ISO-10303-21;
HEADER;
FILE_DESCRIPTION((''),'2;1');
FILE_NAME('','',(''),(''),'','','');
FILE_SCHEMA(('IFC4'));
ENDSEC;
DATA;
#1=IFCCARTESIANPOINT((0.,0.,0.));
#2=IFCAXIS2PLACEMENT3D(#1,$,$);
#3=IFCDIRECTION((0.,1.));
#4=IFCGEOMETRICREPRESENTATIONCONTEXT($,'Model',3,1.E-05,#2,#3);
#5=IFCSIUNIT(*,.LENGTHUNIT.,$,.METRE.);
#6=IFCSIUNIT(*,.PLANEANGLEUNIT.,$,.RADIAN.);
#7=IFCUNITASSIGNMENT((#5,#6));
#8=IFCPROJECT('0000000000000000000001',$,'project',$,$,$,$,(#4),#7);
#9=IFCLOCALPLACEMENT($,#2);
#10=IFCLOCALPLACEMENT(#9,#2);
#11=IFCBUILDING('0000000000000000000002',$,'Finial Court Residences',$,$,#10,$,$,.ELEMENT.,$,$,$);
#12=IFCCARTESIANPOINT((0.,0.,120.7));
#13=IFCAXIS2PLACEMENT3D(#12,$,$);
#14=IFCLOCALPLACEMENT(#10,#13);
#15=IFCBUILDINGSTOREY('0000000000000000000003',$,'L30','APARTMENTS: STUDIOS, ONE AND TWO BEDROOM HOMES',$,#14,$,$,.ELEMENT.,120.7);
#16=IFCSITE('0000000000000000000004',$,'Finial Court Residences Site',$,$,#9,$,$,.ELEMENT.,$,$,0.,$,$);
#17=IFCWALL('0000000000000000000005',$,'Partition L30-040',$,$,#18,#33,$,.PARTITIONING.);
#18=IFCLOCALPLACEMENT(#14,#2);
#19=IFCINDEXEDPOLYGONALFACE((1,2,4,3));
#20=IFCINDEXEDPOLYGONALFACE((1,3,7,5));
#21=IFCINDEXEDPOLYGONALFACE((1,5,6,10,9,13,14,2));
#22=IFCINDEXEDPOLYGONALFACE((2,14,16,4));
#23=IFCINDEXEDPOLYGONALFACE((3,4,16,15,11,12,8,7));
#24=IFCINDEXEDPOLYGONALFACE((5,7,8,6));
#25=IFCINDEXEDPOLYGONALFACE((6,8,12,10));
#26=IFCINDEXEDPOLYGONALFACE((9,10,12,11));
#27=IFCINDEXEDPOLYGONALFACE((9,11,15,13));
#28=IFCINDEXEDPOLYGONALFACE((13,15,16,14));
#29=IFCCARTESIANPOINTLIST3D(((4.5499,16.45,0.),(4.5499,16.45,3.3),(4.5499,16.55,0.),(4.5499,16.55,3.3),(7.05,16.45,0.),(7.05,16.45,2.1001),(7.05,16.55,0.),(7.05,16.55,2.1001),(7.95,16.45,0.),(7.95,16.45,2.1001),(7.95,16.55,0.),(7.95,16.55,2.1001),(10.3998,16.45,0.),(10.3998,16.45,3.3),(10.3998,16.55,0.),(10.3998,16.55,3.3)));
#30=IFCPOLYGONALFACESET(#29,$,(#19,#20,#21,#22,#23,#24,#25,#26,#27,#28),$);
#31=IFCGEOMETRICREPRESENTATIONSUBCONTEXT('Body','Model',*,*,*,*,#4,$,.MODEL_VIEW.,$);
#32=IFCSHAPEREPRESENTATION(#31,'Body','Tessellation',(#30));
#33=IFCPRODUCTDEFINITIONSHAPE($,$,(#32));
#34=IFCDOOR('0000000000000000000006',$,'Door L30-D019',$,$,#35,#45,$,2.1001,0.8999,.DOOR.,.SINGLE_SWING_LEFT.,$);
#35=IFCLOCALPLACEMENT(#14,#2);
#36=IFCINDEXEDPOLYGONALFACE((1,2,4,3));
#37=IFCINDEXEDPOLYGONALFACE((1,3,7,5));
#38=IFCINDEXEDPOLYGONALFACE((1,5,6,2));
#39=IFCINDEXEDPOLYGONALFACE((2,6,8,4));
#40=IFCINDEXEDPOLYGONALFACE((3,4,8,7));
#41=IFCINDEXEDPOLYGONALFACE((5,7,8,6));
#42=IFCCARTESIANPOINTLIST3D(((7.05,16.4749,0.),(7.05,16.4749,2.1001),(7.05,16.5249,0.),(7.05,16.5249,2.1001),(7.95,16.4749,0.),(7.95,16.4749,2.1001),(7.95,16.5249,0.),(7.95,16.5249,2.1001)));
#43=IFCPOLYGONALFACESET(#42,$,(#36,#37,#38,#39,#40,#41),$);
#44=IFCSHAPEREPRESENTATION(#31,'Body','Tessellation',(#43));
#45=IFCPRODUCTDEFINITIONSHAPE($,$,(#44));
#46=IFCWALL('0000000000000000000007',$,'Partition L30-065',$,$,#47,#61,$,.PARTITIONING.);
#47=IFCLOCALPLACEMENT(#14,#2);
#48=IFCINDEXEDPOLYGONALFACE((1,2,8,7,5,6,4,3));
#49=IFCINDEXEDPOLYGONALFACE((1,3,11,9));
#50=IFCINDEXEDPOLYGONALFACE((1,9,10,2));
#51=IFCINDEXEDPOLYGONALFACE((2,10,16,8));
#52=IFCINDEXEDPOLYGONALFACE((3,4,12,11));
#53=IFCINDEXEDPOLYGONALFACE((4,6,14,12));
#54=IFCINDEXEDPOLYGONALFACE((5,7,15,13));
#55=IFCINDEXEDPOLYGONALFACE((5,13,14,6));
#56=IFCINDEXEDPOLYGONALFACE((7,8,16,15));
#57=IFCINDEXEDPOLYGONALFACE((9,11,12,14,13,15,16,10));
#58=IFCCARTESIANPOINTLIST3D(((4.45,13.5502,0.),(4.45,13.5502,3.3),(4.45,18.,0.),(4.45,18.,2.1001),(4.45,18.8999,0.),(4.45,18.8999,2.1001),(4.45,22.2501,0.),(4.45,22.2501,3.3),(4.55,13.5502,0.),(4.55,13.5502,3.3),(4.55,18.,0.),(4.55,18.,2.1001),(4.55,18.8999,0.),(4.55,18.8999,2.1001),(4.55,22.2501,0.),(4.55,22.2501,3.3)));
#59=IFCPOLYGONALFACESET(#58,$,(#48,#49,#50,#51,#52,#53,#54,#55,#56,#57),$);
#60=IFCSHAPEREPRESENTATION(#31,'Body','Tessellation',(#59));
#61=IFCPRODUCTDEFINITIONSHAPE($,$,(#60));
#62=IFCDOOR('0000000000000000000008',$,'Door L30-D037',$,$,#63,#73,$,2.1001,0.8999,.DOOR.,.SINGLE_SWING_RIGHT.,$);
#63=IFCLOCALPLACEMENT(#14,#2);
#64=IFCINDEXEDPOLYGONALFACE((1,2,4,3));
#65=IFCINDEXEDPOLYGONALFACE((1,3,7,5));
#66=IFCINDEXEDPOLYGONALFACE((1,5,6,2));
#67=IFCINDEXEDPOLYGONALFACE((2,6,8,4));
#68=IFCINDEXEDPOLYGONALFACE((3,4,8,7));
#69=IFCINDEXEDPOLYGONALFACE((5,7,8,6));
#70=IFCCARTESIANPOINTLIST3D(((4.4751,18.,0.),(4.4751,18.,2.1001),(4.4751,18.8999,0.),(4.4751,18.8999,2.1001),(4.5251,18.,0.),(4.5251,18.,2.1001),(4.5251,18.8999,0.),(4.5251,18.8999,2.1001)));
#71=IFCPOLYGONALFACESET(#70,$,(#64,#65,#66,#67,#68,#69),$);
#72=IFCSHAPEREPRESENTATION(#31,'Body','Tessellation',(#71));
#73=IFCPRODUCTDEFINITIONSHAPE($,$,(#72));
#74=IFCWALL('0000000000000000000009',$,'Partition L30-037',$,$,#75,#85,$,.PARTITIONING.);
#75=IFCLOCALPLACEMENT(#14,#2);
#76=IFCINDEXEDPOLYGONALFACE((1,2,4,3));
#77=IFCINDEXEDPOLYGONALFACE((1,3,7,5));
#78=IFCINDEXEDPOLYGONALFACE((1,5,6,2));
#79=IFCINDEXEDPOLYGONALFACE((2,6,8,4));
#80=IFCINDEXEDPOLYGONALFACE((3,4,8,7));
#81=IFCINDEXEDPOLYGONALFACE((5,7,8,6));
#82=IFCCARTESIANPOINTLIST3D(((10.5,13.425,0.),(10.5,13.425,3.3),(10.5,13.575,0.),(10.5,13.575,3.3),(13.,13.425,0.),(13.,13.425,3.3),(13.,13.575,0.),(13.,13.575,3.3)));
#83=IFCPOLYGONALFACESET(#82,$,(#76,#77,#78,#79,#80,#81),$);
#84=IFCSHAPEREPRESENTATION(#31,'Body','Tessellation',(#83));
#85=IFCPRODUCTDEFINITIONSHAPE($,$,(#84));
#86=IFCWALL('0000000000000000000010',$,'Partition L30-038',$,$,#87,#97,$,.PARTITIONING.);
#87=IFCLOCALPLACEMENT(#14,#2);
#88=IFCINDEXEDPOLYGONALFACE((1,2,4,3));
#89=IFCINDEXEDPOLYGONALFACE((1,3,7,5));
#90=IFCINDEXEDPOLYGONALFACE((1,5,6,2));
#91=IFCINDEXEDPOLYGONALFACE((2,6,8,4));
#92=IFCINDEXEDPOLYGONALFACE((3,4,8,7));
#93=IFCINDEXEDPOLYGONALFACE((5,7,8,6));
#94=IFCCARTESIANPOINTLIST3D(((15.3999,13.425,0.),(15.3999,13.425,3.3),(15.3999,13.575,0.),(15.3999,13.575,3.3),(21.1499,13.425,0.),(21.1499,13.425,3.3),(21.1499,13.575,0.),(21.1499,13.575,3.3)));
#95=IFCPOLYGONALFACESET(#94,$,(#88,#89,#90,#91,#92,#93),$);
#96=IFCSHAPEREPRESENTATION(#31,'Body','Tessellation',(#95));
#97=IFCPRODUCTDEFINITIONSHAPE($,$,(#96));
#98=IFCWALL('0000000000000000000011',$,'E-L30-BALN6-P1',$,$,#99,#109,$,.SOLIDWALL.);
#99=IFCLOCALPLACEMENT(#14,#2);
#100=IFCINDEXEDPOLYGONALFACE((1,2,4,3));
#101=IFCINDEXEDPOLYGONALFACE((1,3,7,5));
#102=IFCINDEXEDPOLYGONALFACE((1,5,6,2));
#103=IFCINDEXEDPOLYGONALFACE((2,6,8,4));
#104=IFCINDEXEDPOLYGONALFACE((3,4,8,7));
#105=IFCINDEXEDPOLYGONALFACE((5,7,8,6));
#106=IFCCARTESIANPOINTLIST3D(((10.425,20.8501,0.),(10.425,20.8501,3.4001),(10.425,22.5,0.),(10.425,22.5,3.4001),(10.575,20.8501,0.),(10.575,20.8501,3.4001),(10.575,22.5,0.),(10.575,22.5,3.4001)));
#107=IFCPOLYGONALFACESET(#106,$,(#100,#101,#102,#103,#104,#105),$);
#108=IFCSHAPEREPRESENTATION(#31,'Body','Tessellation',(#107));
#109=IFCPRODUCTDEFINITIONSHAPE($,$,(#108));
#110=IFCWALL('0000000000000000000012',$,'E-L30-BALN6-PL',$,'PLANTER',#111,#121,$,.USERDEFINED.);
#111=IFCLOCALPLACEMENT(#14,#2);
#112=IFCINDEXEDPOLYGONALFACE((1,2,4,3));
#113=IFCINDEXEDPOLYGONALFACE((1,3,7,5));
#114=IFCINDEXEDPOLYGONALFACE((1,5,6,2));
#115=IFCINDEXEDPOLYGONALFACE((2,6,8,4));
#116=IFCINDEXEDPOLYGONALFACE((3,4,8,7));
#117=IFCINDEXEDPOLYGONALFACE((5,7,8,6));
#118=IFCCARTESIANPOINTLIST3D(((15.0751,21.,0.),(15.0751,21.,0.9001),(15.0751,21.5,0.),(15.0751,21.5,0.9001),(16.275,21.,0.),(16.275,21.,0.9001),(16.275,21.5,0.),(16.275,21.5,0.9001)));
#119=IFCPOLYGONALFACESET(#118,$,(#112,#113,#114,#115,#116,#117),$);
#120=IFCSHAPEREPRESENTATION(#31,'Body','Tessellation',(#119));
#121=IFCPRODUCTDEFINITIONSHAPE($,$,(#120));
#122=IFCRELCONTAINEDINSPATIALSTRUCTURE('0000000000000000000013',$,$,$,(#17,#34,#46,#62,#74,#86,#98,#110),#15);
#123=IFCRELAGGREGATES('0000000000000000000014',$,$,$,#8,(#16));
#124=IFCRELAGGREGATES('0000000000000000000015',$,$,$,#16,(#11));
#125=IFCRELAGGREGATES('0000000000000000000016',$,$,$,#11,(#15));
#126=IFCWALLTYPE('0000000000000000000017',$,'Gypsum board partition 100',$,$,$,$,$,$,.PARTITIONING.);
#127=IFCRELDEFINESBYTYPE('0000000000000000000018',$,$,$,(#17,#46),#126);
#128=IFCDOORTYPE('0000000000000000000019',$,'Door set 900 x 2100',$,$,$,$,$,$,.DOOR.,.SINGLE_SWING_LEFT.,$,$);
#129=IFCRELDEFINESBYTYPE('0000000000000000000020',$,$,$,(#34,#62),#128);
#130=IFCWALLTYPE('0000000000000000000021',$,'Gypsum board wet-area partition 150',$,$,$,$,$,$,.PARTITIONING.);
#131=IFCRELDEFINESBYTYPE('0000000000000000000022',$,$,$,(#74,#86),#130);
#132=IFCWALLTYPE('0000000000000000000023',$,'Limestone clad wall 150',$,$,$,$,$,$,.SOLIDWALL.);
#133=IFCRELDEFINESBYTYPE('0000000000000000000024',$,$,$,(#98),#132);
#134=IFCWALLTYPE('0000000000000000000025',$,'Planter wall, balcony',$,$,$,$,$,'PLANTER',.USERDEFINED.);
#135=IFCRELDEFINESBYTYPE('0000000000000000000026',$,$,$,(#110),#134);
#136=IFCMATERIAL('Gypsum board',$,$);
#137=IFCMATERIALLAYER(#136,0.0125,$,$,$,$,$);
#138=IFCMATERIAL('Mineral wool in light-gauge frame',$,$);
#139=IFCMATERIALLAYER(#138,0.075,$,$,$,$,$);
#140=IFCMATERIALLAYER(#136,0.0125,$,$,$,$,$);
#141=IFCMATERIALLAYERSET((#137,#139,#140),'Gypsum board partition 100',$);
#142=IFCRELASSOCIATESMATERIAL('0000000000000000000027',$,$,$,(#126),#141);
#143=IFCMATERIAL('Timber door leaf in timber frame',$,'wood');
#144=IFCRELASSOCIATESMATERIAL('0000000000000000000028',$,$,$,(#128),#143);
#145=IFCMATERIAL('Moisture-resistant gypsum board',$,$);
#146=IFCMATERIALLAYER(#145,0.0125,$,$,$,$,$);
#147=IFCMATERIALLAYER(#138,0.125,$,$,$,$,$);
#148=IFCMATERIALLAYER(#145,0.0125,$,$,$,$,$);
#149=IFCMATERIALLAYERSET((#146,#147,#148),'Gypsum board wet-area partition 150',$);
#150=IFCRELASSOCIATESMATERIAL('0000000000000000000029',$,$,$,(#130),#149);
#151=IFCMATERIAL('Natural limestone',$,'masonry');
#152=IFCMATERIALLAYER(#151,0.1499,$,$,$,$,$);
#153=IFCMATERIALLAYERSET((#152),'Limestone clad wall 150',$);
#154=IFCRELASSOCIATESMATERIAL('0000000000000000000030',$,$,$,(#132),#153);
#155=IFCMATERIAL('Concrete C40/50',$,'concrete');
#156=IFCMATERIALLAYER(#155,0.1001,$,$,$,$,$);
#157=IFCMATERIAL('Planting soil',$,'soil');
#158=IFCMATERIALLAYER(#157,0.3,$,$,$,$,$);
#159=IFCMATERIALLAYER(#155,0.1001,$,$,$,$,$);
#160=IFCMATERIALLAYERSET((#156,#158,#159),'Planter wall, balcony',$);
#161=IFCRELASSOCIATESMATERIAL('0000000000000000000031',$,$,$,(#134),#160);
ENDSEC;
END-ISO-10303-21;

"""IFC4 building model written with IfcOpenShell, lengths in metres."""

from ifc_helpers import new_model, si_unit, direction, frame, frame_2d, origin, place, context, subcontext, project, spatial, rectangle, extrude, material, layer, layer_set, type_object, element, fill, save


model = new_model("IFC4")

# Units and contexts
model_context = context("Model", 3, precision=1e-05, world=origin(), true_north=direction((0.0, 1.0)))
body_context = subcontext(model_context, "Body", "Model", "MODEL_VIEW")
ifc_project = project(units=[si_unit("LENGTHUNIT", "METRE"), si_unit("PLANEANGLEUNIT", "RADIAN")], contexts=[model_context])

# Site, building, storey
site_placement = place(None, origin())
site = spatial("IfcSite", under=ifc_project, at=site_placement, Name="Finial Court Residences Site", CompositionType="ELEMENT", RefElevation=0.0)
building_placement = place(site_placement, origin())
building = spatial("IfcBuilding", under=site, at=building_placement, Name="Finial Court Residences", CompositionType="ELEMENT")
storey_placement = place(building_placement, frame((0.0, 0.0, 120.7)))
storey = spatial("IfcBuildingStorey", under=building, at=storey_placement, Name="L30", Description="APARTMENTS: STUDIOS, ONE AND TWO BEDROOM HOMES", CompositionType="ELEMENT", Elevation=120.7)

# Shared definitions
ifc_material_1 = material(Name="Gypsum board")

# Walls, openings, doors
ifc_layer_1 = layer(ifc_material_1, 0.0125)
ifc_material_2 = material(Name="Mineral wool in light-gauge frame")
ifc_layer_2 = layer(ifc_material_2, 0.075)
ifc_layer_3 = layer(ifc_material_1, 0.0125)
ifc_layer_set_1 = layer_set([ifc_layer_1, ifc_layer_2, ifc_layer_3], Name="Gypsum board partition 100")
wall_type_1 = type_object("IfcWallType", Name="Gypsum board partition 100", PredefinedType="PARTITIONING", material=ifc_layer_set_1)
ifc_material_3 = material(Name="Timber door leaf in timber frame", Category="wood")
door_type_1 = type_object("IfcDoorType", Name="Door set 900 x 2100", OperationType="SINGLE_SWING_LEFT", PredefinedType="DOOR", material=ifc_material_3)
wall_1_placement = place(storey_placement, frame((4.55, 16.5, 0.0), z_axis=(0.0, 0.0, 1.0), x_axis=(1.0, 0.0, 0.0)))
wall_1 = element("IfcWall", 1, at=wall_1_placement, inside=storey, type_object=wall_type_1, Name="Partition L30-040", PredefinedType="PARTITIONING", context=body_context, shape_type="SweptSolid", body=[
    extrude(rectangle(XDim=5.8499, YDim=0.1001, at=frame_2d((2.9248, 0.0))), origin(), (0.0, 0.0, 1.0), 3.3),
])
opening_1_placement = place(wall_1_placement, frame((2.5, 0.0, 0.0)))
opening_1 = element("IfcOpeningElement", 2, at=opening_1_placement, cuts=wall_1, PredefinedType="OPENING", context=body_context, shape_type="SweptSolid", body=[
    extrude(rectangle(XDim=0.8999, YDim=2.1001, at=frame_2d((0.45, 1.05))), frame((0.0, 0.0601, 0.0), z_axis=(0.0, -1.0, 0.0), x_axis=(1.0, 0.0, 0.0)), (0.0, 0.0, 1.0), 0.1201),
])
door_1_placement = place(opening_1_placement, origin())
door_1 = element("IfcDoor", 3, at=door_1_placement, inside=storey, type_object=door_type_1, Name="Door L30-D019", OperationType="SINGLE_SWING_LEFT", OverallHeight=2.1001, OverallWidth=0.8999, PredefinedType="DOOR", context=body_context, shape_type="SweptSolid", body=[
    extrude(rectangle(XDim=0.8999, YDim=2.1001, at=frame_2d((0.45, 1.05))), frame((0.0, 0.0249, 0.0), z_axis=(0.0, -1.0, 0.0), x_axis=(1.0, 0.0, 0.0)), (0.0, 0.0, 1.0), 0.05),
])
fill(opening_1, door_1)
wall_2_placement = place(storey_placement, frame((4.5, 13.55, 0.0), z_axis=(0.0, 0.0, 1.0), x_axis=(0.0, 1.0, 0.0)))
wall_2 = element("IfcWall", 4, at=wall_2_placement, inside=storey, type_object=wall_type_1, Name="Partition L30-065", PredefinedType="PARTITIONING", context=body_context, shape_type="SweptSolid", body=[
    extrude(rectangle(XDim=8.7, YDim=0.1001, at=frame_2d((4.3501, 0.0))), origin(), (0.0, 0.0, 1.0), 3.3),
])
opening_2_placement = place(wall_2_placement, frame((4.45, 0.0, 0.0)))
opening_2 = element("IfcOpeningElement", 5, at=opening_2_placement, cuts=wall_2, PredefinedType="OPENING", context=body_context, shape_type="SweptSolid", body=[
    extrude(rectangle(XDim=0.8999, YDim=2.1001, at=frame_2d((0.45, 1.05))), frame((0.0, 0.0601, 0.0), z_axis=(0.0, -1.0, 0.0), x_axis=(1.0, 0.0, 0.0)), (0.0, 0.0, 1.0), 0.1201),
])
door_2_placement = place(opening_2_placement, origin())
door_2 = element("IfcDoor", 6, at=door_2_placement, inside=storey, type_object=door_type_1, Name="Door L30-D037", OperationType="SINGLE_SWING_RIGHT", OverallHeight=2.1001, OverallWidth=0.8999, PredefinedType="DOOR", context=body_context, shape_type="SweptSolid", body=[
    extrude(rectangle(XDim=0.8999, YDim=2.1001, at=frame_2d((0.45, 1.05))), frame((0.0, 0.0249, 0.0), z_axis=(0.0, -1.0, 0.0), x_axis=(1.0, 0.0, 0.0)), (0.0, 0.0, 1.0), 0.05),
])
fill(opening_2, door_2)

# Walls
ifc_material_4 = material(Name="Moisture-resistant gypsum board")
ifc_layer_4 = layer(ifc_material_4, 0.0125)
ifc_layer_5 = layer(ifc_material_2, 0.125)
ifc_layer_6 = layer(ifc_material_4, 0.0125)
ifc_layer_set_2 = layer_set([ifc_layer_4, ifc_layer_5, ifc_layer_6], Name="Gypsum board wet-area partition 150")
wall_type_2 = type_object("IfcWallType", Name="Gypsum board wet-area partition 150", PredefinedType="PARTITIONING", material=ifc_layer_set_2)
wall_3_placement = place(storey_placement, frame((10.5, 13.5, 0.0), z_axis=(0.0, 0.0, 1.0), x_axis=(1.0, 0.0, 0.0)))
element("IfcWall", 7, at=wall_3_placement, inside=storey, type_object=wall_type_2, Name="Partition L30-037", PredefinedType="PARTITIONING", context=body_context, shape_type="SweptSolid", body=[
    extrude(rectangle(XDim=2.5, YDim=0.1499, at=frame_2d((1.25, 0.0))), origin(), (0.0, 0.0, 1.0), 3.3),
])
wall_4_placement = place(storey_placement, frame((15.3999, 13.5, 0.0), z_axis=(0.0, 0.0, 1.0), x_axis=(1.0, 0.0, 0.0)))
element("IfcWall", 8, at=wall_4_placement, inside=storey, type_object=wall_type_2, Name="Partition L30-038", PredefinedType="PARTITIONING", context=body_context, shape_type="SweptSolid", body=[
    extrude(rectangle(XDim=5.75, YDim=0.1499, at=frame_2d((2.875, 0.0))), origin(), (0.0, 0.0, 1.0), 3.3),
])
ifc_material_5 = material(Name="Natural limestone", Category="masonry")
ifc_layer_7 = layer(ifc_material_5, 0.1499)
ifc_layer_set_3 = layer_set([ifc_layer_7], Name="Limestone clad wall 150")
wall_type_3 = type_object("IfcWallType", Name="Limestone clad wall 150", PredefinedType="SOLIDWALL", material=ifc_layer_set_3)
wall_5_placement = place(storey_placement, frame((10.5, 20.8501, 0.0), z_axis=(0.0, 0.0, 1.0), x_axis=(0.0, 1.0, 0.0)))
element("IfcWall", 9, at=wall_5_placement, inside=storey, type_object=wall_type_3, Name="E-L30-BALN6-P1", PredefinedType="SOLIDWALL", context=body_context, shape_type="SweptSolid", body=[
    extrude(rectangle(XDim=1.6499, YDim=0.1499, at=frame_2d((0.825, 0.0))), origin(), (0.0, 0.0, 1.0), 3.4001),
])

# Wall
ifc_material_6 = material(Name="Concrete C40/50", Category="concrete")
ifc_layer_8 = layer(ifc_material_6, 0.1001)
ifc_material_7 = material(Name="Planting soil", Category="soil")
ifc_layer_9 = layer(ifc_material_7, 0.3)
ifc_layer_10 = layer(ifc_material_6, 0.1001)
ifc_layer_set_4 = layer_set([ifc_layer_8, ifc_layer_9, ifc_layer_10], Name="Planter wall, balcony")
wall_type_4 = type_object("IfcWallType", Name="Planter wall, balcony", ElementType="PLANTER", PredefinedType="USERDEFINED", material=ifc_layer_set_4)
wall_6_placement = place(storey_placement, frame((15.075, 21.25, 0.0), z_axis=(0.0, 0.0, 1.0), x_axis=(1.0, 0.0, 0.0)))
element("IfcWall", 10, at=wall_6_placement, inside=storey, type_object=wall_type_4, Name="E-L30-BALN6-PL", ObjectType="PLANTER", PredefinedType="USERDEFINED", context=body_context, shape_type="SweptSolid", body=[
    extrude(rectangle(XDim=1.2, YDim=0.5, at=frame_2d((0.6001, 0.0))), origin(), (0.0, 0.0, 1.0), 0.9001),
])

save(model, "model.ifc")
